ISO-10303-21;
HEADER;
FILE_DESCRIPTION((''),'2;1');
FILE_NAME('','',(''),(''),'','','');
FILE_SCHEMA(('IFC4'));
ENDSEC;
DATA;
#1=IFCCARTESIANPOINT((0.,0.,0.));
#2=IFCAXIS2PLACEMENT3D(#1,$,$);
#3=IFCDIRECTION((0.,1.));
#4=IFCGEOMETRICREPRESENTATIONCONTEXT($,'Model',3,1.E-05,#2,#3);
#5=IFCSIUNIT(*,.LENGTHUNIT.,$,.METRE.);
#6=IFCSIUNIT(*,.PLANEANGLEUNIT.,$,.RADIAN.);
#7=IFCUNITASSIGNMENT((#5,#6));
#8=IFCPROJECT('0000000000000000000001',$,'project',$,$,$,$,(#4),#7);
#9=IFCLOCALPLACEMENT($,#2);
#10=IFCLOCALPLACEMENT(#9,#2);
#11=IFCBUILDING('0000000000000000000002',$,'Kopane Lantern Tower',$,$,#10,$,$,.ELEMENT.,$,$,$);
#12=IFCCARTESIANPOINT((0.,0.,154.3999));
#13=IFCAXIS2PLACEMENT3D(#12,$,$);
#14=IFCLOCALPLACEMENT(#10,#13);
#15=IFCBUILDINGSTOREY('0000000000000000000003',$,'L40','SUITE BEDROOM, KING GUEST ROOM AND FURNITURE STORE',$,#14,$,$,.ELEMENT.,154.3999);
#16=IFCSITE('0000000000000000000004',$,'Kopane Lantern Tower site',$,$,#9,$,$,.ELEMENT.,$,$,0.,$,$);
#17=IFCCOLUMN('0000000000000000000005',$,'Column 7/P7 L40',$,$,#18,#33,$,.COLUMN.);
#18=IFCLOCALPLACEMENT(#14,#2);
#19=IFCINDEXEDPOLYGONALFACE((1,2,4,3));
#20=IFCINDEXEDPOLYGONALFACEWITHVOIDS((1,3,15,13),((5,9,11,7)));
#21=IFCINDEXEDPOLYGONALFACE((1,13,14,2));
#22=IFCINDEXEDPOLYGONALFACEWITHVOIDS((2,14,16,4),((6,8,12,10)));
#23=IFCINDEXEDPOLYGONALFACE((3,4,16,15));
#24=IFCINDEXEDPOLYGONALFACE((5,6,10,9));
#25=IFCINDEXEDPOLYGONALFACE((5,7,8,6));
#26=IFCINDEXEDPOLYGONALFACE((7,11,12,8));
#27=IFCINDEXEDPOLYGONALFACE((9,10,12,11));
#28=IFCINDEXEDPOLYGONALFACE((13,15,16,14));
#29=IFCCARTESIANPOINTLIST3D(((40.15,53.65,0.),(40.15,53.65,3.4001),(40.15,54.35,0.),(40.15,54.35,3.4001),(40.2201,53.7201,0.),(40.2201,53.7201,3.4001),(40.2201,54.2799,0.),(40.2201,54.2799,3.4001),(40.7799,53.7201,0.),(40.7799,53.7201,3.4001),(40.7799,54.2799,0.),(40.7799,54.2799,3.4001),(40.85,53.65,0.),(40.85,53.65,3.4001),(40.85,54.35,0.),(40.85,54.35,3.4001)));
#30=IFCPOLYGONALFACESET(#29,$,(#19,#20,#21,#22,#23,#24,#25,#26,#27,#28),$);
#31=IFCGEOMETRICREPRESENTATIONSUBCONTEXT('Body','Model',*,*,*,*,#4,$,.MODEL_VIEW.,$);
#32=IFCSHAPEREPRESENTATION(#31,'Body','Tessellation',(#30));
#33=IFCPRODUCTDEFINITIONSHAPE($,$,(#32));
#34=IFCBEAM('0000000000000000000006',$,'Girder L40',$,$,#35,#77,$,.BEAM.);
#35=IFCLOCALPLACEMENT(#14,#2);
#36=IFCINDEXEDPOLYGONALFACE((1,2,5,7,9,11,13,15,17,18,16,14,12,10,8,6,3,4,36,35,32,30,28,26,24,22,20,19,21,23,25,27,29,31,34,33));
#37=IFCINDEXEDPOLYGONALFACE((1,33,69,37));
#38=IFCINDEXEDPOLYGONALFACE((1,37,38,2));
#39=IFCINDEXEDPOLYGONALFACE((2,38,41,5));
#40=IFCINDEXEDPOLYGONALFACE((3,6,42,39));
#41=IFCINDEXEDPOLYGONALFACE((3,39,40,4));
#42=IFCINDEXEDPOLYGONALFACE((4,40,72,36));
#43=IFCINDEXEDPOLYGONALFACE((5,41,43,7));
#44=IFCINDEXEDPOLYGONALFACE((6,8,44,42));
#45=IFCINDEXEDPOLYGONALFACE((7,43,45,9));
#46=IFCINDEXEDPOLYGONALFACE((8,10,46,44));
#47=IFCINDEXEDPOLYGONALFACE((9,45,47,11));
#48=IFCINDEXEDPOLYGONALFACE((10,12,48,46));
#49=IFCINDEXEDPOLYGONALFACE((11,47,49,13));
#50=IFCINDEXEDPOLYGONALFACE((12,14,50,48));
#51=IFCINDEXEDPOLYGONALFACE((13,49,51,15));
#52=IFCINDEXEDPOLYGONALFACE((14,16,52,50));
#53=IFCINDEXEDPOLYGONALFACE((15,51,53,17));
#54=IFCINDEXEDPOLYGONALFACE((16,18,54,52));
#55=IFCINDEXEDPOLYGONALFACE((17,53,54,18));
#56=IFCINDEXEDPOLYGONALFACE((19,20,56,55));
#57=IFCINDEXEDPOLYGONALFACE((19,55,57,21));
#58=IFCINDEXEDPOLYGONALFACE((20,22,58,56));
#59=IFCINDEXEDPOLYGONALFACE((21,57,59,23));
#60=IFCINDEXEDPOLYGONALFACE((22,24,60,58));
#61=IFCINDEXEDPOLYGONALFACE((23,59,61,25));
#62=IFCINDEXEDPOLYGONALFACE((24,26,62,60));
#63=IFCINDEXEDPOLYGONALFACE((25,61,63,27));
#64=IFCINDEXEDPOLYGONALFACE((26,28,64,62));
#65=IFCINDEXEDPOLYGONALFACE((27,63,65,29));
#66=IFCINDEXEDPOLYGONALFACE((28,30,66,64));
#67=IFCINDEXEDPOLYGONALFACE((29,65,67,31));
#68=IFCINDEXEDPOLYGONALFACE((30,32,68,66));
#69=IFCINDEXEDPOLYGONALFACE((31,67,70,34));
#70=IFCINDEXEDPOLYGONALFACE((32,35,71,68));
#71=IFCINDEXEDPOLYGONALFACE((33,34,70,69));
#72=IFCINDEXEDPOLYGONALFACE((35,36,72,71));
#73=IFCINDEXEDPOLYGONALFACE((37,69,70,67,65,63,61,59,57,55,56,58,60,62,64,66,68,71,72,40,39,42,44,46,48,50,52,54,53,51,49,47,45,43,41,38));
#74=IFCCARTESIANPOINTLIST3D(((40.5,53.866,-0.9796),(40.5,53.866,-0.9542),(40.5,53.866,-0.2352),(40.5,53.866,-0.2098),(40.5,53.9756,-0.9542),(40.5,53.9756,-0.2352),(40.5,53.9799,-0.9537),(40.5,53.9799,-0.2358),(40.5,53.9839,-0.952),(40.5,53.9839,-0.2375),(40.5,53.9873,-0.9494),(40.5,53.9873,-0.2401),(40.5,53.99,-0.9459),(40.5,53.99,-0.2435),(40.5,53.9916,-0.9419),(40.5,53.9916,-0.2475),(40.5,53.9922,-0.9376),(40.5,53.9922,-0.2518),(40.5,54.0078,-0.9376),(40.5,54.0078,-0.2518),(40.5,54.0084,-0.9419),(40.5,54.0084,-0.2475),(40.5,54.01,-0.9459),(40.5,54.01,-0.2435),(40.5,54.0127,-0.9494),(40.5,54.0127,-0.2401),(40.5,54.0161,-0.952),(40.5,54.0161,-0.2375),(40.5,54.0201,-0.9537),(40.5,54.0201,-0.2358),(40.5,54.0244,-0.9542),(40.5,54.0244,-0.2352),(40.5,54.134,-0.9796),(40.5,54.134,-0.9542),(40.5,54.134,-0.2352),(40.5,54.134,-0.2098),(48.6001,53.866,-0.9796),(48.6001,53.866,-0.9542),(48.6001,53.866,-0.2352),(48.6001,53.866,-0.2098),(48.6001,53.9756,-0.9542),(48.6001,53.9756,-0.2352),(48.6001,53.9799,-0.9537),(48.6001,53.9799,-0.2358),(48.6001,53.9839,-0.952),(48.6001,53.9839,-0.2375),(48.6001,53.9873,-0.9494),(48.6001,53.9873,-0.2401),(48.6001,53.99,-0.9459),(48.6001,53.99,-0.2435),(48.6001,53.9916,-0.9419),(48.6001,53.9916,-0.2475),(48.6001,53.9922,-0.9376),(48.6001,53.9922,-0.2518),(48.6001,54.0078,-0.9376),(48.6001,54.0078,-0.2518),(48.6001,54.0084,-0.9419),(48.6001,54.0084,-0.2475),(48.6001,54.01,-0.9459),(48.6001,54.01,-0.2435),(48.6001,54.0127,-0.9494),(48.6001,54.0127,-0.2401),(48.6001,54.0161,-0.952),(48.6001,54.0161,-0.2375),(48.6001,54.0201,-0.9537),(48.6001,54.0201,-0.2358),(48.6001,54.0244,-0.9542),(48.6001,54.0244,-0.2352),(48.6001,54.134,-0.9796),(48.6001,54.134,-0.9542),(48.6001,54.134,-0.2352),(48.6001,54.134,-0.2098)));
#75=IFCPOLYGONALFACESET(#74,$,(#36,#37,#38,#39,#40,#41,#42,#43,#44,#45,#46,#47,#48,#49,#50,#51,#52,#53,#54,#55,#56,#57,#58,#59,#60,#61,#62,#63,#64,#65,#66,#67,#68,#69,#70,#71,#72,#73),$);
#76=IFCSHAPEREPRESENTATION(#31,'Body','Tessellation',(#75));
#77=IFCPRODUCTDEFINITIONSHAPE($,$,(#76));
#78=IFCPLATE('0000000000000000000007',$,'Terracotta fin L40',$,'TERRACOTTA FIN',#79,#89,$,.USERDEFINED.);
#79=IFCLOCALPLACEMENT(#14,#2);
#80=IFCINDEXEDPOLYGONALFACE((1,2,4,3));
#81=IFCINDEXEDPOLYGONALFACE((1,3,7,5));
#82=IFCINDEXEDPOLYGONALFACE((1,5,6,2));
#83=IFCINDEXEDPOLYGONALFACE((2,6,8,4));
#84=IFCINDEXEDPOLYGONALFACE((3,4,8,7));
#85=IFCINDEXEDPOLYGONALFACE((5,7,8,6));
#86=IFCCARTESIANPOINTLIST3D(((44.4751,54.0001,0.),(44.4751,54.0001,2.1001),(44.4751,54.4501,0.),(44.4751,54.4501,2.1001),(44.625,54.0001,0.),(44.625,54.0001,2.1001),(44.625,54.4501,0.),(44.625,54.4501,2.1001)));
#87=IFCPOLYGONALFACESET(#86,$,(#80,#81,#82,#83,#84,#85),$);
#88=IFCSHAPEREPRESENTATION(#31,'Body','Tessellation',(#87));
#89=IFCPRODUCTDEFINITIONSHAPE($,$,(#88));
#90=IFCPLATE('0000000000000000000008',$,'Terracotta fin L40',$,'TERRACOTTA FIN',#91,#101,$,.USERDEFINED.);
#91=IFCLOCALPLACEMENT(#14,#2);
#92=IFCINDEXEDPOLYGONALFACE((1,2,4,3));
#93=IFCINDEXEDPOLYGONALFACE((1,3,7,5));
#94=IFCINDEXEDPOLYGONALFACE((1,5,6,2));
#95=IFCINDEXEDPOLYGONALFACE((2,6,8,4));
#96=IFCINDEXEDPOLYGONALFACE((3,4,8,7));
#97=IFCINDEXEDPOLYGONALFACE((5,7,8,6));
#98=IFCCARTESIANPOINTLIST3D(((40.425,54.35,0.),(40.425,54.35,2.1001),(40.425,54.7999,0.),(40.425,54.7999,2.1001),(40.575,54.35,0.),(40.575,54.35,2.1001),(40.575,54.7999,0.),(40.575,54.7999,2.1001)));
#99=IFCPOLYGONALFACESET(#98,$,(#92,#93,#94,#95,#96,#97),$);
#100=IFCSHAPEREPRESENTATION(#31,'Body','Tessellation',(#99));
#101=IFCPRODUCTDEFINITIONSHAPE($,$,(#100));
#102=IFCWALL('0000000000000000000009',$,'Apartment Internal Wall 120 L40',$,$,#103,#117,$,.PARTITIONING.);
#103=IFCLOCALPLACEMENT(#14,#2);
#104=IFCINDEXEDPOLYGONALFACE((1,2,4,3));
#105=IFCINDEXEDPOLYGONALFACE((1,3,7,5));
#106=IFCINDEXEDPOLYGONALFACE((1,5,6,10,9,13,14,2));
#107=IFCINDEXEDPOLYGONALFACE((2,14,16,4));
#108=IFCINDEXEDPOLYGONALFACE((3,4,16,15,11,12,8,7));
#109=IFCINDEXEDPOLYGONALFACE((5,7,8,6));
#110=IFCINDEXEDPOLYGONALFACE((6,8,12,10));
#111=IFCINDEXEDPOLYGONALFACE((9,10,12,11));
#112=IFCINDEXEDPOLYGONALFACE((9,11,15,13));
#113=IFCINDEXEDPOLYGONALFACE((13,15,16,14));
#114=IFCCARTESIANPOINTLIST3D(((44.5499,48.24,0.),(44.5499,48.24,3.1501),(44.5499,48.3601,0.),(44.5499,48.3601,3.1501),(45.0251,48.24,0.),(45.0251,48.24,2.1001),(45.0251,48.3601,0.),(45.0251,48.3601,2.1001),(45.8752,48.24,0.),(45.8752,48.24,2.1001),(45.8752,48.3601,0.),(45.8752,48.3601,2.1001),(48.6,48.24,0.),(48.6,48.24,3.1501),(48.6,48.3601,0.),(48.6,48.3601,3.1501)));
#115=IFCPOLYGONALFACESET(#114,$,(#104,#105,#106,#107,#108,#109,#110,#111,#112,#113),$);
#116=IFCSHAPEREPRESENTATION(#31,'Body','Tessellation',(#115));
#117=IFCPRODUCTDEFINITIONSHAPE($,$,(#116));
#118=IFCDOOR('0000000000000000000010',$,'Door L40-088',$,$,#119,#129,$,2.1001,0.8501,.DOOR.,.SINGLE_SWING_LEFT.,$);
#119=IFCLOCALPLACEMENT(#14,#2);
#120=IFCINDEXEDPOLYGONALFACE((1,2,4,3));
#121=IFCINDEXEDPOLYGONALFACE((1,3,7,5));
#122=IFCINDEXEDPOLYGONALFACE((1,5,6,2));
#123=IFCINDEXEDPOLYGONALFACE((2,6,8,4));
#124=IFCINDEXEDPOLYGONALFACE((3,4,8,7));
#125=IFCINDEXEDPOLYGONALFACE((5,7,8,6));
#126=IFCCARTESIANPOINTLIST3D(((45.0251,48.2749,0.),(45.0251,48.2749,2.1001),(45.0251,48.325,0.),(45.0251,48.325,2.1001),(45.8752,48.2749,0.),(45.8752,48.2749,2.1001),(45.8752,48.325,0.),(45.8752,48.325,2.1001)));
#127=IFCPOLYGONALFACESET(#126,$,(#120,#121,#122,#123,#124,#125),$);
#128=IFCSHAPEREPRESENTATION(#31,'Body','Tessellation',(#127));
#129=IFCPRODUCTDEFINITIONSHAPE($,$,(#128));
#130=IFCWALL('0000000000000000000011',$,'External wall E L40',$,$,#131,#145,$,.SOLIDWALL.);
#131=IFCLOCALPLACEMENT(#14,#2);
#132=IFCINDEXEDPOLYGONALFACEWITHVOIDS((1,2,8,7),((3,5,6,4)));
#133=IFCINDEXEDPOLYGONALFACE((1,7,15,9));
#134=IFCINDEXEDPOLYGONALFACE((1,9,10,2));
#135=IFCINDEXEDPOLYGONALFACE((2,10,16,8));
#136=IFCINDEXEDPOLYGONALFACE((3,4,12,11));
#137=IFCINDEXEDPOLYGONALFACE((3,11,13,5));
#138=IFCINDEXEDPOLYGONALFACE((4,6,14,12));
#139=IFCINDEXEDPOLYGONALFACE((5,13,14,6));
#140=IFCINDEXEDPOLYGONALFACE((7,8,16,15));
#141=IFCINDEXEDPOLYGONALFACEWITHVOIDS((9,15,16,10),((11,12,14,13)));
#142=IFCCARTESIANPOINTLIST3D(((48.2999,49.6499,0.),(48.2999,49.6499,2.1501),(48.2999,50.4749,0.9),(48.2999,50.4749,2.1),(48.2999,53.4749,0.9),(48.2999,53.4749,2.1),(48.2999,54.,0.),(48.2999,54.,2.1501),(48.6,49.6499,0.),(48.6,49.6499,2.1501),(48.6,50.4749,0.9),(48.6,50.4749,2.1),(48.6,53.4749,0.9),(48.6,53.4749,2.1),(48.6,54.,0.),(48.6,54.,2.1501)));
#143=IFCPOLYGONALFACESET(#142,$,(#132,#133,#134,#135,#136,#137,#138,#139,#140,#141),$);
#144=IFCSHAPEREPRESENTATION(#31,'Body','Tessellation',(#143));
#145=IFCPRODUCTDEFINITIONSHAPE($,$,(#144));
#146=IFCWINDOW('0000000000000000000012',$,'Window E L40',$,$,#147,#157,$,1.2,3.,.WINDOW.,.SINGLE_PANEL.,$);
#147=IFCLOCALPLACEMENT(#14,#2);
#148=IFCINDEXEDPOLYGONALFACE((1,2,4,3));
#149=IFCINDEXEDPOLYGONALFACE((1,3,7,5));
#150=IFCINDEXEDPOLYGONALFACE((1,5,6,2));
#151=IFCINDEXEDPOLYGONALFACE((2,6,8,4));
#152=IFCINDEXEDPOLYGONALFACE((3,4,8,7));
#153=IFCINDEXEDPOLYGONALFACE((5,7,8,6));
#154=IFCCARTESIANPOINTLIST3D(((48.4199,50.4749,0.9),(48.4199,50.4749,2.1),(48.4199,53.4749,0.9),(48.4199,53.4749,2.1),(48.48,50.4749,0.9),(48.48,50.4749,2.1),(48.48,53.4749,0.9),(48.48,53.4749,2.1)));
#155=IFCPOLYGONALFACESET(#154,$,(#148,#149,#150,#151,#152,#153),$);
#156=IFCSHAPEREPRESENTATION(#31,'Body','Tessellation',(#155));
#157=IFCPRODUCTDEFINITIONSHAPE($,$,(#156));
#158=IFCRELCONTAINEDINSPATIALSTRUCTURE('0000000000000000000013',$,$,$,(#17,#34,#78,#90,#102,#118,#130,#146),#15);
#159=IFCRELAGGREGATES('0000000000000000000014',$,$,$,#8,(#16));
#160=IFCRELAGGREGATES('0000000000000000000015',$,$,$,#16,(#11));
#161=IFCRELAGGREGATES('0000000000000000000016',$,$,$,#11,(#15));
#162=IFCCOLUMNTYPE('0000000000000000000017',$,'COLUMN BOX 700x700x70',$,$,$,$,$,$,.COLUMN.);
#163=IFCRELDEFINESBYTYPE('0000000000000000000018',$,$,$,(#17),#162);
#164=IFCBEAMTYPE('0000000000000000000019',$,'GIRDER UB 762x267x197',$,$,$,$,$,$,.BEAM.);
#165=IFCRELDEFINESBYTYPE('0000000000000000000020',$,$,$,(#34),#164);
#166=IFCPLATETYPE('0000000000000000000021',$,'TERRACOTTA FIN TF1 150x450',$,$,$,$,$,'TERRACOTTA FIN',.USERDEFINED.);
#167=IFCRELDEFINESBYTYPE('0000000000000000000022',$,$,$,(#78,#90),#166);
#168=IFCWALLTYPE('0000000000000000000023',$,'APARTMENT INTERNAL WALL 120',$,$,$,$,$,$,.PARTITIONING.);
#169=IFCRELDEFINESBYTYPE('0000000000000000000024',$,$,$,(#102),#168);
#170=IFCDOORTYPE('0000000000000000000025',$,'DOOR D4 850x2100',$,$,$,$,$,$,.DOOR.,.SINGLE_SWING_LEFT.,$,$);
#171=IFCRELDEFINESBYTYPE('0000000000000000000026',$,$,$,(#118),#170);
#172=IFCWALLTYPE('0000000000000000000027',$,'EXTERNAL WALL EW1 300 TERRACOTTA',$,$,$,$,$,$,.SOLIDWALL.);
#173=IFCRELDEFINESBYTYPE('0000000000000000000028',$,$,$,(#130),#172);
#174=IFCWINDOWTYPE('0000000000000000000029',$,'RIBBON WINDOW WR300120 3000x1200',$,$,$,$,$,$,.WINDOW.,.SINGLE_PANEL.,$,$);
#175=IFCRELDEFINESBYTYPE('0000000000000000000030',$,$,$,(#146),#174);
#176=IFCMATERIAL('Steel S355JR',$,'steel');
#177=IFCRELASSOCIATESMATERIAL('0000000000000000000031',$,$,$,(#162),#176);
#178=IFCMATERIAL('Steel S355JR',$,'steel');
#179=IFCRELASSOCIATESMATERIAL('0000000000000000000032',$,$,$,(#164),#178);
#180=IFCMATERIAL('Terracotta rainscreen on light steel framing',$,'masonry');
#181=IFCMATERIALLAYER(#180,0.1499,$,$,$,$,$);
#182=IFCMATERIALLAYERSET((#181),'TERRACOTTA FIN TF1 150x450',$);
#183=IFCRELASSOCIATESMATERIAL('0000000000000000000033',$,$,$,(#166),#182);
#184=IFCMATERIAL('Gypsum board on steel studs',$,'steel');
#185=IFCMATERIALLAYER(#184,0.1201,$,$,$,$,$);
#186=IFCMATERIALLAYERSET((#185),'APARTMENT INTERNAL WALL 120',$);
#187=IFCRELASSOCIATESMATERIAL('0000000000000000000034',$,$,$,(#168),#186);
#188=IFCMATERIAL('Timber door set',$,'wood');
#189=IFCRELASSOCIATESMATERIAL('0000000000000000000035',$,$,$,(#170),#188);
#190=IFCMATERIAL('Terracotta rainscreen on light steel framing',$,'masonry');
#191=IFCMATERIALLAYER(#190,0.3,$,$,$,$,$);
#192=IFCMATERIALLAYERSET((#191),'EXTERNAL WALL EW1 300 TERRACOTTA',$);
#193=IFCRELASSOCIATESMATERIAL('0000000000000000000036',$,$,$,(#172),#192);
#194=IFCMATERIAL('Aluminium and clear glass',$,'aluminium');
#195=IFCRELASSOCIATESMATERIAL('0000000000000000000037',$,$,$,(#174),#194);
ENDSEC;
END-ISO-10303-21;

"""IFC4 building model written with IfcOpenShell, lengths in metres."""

from ifc_helpers import new_model, si_unit, direction, frame, frame_2d, origin, origin_2d, place, context, subcontext, project, spatial, rectangle, hollow_rectangle, i_section, extrude, material, layer, layer_set, material_profile, profile_set, type_object, element, fill, save


model = new_model("IFC4")

# Units and contexts
model_context = context("Model", 3, precision=1e-05, world=origin(), true_north=direction((0.0, 1.0)))
body_context = subcontext(model_context, "Body", "Model", "MODEL_VIEW")
ifc_project = project(units=[si_unit("LENGTHUNIT", "METRE"), si_unit("PLANEANGLEUNIT", "RADIAN")], contexts=[model_context])

# Site, building, storey
site_placement = place(None, origin())
site = spatial("IfcSite", under=ifc_project, at=site_placement, Name="Kopane Lantern Tower site", CompositionType="ELEMENT", RefElevation=0.0)
building_placement = place(site_placement, origin())
building = spatial("IfcBuilding", under=site, at=building_placement, Name="Kopane Lantern Tower", CompositionType="ELEMENT")
storey_placement = place(building_placement, frame((0.0, 0.0, 154.3999)))
storey = spatial("IfcBuildingStorey", under=building, at=storey_placement, Name="L40", Description="SUITE BEDROOM, KING GUEST ROOM AND FURNITURE STORE", CompositionType="ELEMENT", Elevation=154.3999)

# Column
ifc_material_1 = material(Name="Steel S355JR", Category="steel")
ifc_material_profile_1 = material_profile(ifc_material_1, hollow_rectangle(XDim=0.7, YDim=0.7, WallThickness=0.0701, at=origin_2d()), Name="BOX 700x700x70")
ifc_profile_set_1 = profile_set([ifc_material_profile_1], Name="Steel S355JR")
column_type = type_object("IfcColumnType", Name="COLUMN BOX 700x700x70", PredefinedType="COLUMN", material=ifc_profile_set_1)
column_placement = place(storey_placement, frame((40.5, 54.0, 0.0), z_axis=(0.0, 0.0, 1.0), x_axis=(1.0, 0.0, 0.0)))
element("IfcColumn", 1, at=column_placement, inside=storey, type_object=column_type, Name="Column 7/P7 L40", PredefinedType="COLUMN", context=body_context, shape_type="SweptSolid", body=[
    extrude(hollow_rectangle(XDim=0.7, YDim=0.7, WallThickness=0.0701, at=origin_2d()), origin(), (0.0, 0.0, 1.0), 3.4001),
])

# Beam
ifc_material_2 = material(Name="Steel S355JR", Category="steel")
ifc_material_profile_2 = material_profile(ifc_material_2, i_section(OverallWidth=0.2681, OverallDepth=0.7698, WebThickness=0.0156, FlangeThickness=0.0254, FilletRadius=0.0166, at=origin_2d()), Name="UB 762x267x197")
ifc_profile_set_2 = profile_set([ifc_material_profile_2], Name="Steel S355JR")
beam_type = type_object("IfcBeamType", Name="GIRDER UB 762x267x197", PredefinedType="BEAM", material=ifc_profile_set_2)
beam_placement = place(storey_placement, frame((40.5, 54.0, -0.5947), z_axis=(1.0, 0.0, 0.0), x_axis=(0.0, 1.0, 0.0)))
element("IfcBeam", 2, at=beam_placement, inside=storey, type_object=beam_type, Name="Girder L40", PredefinedType="BEAM", context=body_context, shape_type="SweptSolid", body=[
    extrude(i_section(OverallWidth=0.2681, OverallDepth=0.7698, WebThickness=0.0156, FlangeThickness=0.0254, FilletRadius=0.0166, at=origin_2d()), origin(), (0.0, 0.0, 1.0), 8.1001),
])

# Plates
ifc_material_3 = material(Name="Terracotta rainscreen on light steel framing", Category="masonry")
ifc_layer_1 = layer(ifc_material_3, 0.1499)
ifc_layer_set_1 = layer_set([ifc_layer_1], Name="TERRACOTTA FIN TF1 150x450")
plate_type = type_object("IfcPlateType", Name="TERRACOTTA FIN TF1 150x450", ElementType="TERRACOTTA FIN", PredefinedType="USERDEFINED", material=ifc_layer_set_1)
for number, where, z_axis, x_axis, name in (
    (3, (44.55, 54.2251, 0.0), (0.0, 0.0, 1.0), (-1.0, 0.0, 0.0), "Terracotta fin L40"),
    (4, (40.5, 54.575, 0.0), (0.0, 0.0, 1.0), (-1.0, 0.0, 0.0), "Terracotta fin L40"),
):
    element("IfcPlate", number, at=place(storey_placement, frame(where, z_axis=z_axis, x_axis=x_axis)), inside=storey, type_object=plate_type, Name=name, ObjectType="TERRACOTTA FIN", PredefinedType="USERDEFINED", context=body_context, shape_type="SweptSolid", body=[
        extrude(rectangle(XDim=0.1499, YDim=0.45, at=origin_2d()), origin(), (0.0, 0.0, 1.0), 2.1001),
    ])

# Wall, opening, door
ifc_material_4 = material(Name="Gypsum board on steel studs", Category="steel")
ifc_layer_2 = layer(ifc_material_4, 0.1201)
ifc_layer_set_2 = layer_set([ifc_layer_2], Name="APARTMENT INTERNAL WALL 120")
wall_type_1 = type_object("IfcWallType", Name="APARTMENT INTERNAL WALL 120", PredefinedType="PARTITIONING", material=ifc_layer_set_2)
wall_1_placement = place(storey_placement, frame((44.55, 48.3, 0.0), z_axis=(0.0, 0.0, 1.0), x_axis=(1.0, 0.0, 0.0)))
wall_1 = element("IfcWall", 5, at=wall_1_placement, inside=storey, type_object=wall_type_1, Name="Apartment Internal Wall 120 L40", PredefinedType="PARTITIONING", context=body_context, shape_type="SweptSolid", body=[
    extrude(rectangle(XDim=4.05, YDim=0.1201, at=frame_2d((2.0249, 0.0))), origin(), (0.0, 0.0, 1.0), 3.1501),
])
opening_1_placement = place(wall_1_placement, frame((0.4751, 0.0, 0.0)))
opening_1 = element("IfcOpeningElement", 6, at=opening_1_placement, cuts=wall_1, PredefinedType="OPENING", context=body_context, shape_type="SweptSolid", body=[
    extrude(rectangle(XDim=0.8501, YDim=2.1001, at=frame_2d((0.425, 1.05))), frame((0.0, 0.0701, 0.0), z_axis=(0.0, -1.0, 0.0), x_axis=(1.0, 0.0, 0.0)), (0.0, 0.0, 1.0), 0.1401),
])
ifc_material_5 = material(Name="Timber door set", Category="wood")
door_type = type_object("IfcDoorType", Name="DOOR D4 850x2100", OperationType="SINGLE_SWING_LEFT", PredefinedType="DOOR", material=ifc_material_5)
door_placement = place(opening_1_placement, origin())
door = element("IfcDoor", 7, at=door_placement, inside=storey, type_object=door_type, Name="Door L40-088", OperationType="SINGLE_SWING_LEFT", OverallHeight=2.1001, OverallWidth=0.8501, PredefinedType="DOOR", context=body_context, shape_type="SweptSolid", body=[
    extrude(rectangle(XDim=0.8501, YDim=2.1001, at=frame_2d((0.425, 1.05))), frame((0.0, 0.0249, 0.0), z_axis=(0.0, -1.0, 0.0), x_axis=(1.0, 0.0, 0.0)), (0.0, 0.0, 1.0), 0.05),
])
fill(opening_1, door)

# Wall, opening, window
ifc_material_6 = material(Name="Terracotta rainscreen on light steel framing", Category="masonry")
ifc_layer_3 = layer(ifc_material_6, 0.3)
ifc_layer_set_3 = layer_set([ifc_layer_3], Name="EXTERNAL WALL EW1 300 TERRACOTTA")
wall_type_2 = type_object("IfcWallType", Name="EXTERNAL WALL EW1 300 TERRACOTTA", PredefinedType="SOLIDWALL", material=ifc_layer_set_3)
wall_2_placement = place(storey_placement, frame((48.45, 49.6499, 0.0), z_axis=(0.0, 0.0, 1.0), x_axis=(0.0, 1.0, 0.0)))
wall_2 = element("IfcWall", 8, at=wall_2_placement, inside=storey, type_object=wall_type_2, Name="External wall E L40", PredefinedType="SOLIDWALL", context=body_context, shape_type="SweptSolid", body=[
    extrude(rectangle(XDim=4.3501, YDim=0.3, at=frame_2d((2.175, 0.0))), origin(), (0.0, 0.0, 1.0), 2.1501),
])
opening_2_placement = place(wall_2_placement, frame((0.825, 0.0, 0.8999)))
opening_2 = element("IfcOpeningElement", 9, at=opening_2_placement, cuts=wall_2, PredefinedType="OPENING", context=body_context, shape_type="SweptSolid", body=[
    extrude(rectangle(XDim=3.0, YDim=1.2, at=frame_2d((1.5, 0.6001))), frame((0.0, 0.1599, 0.0), z_axis=(0.0, -1.0, 0.0), x_axis=(1.0, 0.0, 0.0)), (0.0, 0.0, 1.0), 0.3201),
])
ifc_material_7 = material(Name="Aluminium and clear glass", Category="aluminium")
window_type = type_object("IfcWindowType", Name="RIBBON WINDOW WR300120 3000x1200", PartitioningType="SINGLE_PANEL", PredefinedType="WINDOW", material=ifc_material_7)
window_1_placement = place(opening_2_placement, origin())
window_1 = element("IfcWindow", 10, at=window_1_placement, inside=storey, type_object=window_type, Name="Window E L40", OverallHeight=1.2, OverallWidth=3.0, PartitioningType="SINGLE_PANEL", PredefinedType="WINDOW", context=body_context, shape_type="SweptSolid", body=[
    extrude(rectangle(XDim=3.0, YDim=1.2, at=frame_2d((1.5, 0.6001))), frame((0.0, 0.03, 0.0), z_axis=(0.0, -1.0, 0.0), x_axis=(1.0, 0.0, 0.0)), (0.0, 0.0, 1.0), 0.0601),
])
fill(opening_2, window_1)

save(model, "model.ifc")
